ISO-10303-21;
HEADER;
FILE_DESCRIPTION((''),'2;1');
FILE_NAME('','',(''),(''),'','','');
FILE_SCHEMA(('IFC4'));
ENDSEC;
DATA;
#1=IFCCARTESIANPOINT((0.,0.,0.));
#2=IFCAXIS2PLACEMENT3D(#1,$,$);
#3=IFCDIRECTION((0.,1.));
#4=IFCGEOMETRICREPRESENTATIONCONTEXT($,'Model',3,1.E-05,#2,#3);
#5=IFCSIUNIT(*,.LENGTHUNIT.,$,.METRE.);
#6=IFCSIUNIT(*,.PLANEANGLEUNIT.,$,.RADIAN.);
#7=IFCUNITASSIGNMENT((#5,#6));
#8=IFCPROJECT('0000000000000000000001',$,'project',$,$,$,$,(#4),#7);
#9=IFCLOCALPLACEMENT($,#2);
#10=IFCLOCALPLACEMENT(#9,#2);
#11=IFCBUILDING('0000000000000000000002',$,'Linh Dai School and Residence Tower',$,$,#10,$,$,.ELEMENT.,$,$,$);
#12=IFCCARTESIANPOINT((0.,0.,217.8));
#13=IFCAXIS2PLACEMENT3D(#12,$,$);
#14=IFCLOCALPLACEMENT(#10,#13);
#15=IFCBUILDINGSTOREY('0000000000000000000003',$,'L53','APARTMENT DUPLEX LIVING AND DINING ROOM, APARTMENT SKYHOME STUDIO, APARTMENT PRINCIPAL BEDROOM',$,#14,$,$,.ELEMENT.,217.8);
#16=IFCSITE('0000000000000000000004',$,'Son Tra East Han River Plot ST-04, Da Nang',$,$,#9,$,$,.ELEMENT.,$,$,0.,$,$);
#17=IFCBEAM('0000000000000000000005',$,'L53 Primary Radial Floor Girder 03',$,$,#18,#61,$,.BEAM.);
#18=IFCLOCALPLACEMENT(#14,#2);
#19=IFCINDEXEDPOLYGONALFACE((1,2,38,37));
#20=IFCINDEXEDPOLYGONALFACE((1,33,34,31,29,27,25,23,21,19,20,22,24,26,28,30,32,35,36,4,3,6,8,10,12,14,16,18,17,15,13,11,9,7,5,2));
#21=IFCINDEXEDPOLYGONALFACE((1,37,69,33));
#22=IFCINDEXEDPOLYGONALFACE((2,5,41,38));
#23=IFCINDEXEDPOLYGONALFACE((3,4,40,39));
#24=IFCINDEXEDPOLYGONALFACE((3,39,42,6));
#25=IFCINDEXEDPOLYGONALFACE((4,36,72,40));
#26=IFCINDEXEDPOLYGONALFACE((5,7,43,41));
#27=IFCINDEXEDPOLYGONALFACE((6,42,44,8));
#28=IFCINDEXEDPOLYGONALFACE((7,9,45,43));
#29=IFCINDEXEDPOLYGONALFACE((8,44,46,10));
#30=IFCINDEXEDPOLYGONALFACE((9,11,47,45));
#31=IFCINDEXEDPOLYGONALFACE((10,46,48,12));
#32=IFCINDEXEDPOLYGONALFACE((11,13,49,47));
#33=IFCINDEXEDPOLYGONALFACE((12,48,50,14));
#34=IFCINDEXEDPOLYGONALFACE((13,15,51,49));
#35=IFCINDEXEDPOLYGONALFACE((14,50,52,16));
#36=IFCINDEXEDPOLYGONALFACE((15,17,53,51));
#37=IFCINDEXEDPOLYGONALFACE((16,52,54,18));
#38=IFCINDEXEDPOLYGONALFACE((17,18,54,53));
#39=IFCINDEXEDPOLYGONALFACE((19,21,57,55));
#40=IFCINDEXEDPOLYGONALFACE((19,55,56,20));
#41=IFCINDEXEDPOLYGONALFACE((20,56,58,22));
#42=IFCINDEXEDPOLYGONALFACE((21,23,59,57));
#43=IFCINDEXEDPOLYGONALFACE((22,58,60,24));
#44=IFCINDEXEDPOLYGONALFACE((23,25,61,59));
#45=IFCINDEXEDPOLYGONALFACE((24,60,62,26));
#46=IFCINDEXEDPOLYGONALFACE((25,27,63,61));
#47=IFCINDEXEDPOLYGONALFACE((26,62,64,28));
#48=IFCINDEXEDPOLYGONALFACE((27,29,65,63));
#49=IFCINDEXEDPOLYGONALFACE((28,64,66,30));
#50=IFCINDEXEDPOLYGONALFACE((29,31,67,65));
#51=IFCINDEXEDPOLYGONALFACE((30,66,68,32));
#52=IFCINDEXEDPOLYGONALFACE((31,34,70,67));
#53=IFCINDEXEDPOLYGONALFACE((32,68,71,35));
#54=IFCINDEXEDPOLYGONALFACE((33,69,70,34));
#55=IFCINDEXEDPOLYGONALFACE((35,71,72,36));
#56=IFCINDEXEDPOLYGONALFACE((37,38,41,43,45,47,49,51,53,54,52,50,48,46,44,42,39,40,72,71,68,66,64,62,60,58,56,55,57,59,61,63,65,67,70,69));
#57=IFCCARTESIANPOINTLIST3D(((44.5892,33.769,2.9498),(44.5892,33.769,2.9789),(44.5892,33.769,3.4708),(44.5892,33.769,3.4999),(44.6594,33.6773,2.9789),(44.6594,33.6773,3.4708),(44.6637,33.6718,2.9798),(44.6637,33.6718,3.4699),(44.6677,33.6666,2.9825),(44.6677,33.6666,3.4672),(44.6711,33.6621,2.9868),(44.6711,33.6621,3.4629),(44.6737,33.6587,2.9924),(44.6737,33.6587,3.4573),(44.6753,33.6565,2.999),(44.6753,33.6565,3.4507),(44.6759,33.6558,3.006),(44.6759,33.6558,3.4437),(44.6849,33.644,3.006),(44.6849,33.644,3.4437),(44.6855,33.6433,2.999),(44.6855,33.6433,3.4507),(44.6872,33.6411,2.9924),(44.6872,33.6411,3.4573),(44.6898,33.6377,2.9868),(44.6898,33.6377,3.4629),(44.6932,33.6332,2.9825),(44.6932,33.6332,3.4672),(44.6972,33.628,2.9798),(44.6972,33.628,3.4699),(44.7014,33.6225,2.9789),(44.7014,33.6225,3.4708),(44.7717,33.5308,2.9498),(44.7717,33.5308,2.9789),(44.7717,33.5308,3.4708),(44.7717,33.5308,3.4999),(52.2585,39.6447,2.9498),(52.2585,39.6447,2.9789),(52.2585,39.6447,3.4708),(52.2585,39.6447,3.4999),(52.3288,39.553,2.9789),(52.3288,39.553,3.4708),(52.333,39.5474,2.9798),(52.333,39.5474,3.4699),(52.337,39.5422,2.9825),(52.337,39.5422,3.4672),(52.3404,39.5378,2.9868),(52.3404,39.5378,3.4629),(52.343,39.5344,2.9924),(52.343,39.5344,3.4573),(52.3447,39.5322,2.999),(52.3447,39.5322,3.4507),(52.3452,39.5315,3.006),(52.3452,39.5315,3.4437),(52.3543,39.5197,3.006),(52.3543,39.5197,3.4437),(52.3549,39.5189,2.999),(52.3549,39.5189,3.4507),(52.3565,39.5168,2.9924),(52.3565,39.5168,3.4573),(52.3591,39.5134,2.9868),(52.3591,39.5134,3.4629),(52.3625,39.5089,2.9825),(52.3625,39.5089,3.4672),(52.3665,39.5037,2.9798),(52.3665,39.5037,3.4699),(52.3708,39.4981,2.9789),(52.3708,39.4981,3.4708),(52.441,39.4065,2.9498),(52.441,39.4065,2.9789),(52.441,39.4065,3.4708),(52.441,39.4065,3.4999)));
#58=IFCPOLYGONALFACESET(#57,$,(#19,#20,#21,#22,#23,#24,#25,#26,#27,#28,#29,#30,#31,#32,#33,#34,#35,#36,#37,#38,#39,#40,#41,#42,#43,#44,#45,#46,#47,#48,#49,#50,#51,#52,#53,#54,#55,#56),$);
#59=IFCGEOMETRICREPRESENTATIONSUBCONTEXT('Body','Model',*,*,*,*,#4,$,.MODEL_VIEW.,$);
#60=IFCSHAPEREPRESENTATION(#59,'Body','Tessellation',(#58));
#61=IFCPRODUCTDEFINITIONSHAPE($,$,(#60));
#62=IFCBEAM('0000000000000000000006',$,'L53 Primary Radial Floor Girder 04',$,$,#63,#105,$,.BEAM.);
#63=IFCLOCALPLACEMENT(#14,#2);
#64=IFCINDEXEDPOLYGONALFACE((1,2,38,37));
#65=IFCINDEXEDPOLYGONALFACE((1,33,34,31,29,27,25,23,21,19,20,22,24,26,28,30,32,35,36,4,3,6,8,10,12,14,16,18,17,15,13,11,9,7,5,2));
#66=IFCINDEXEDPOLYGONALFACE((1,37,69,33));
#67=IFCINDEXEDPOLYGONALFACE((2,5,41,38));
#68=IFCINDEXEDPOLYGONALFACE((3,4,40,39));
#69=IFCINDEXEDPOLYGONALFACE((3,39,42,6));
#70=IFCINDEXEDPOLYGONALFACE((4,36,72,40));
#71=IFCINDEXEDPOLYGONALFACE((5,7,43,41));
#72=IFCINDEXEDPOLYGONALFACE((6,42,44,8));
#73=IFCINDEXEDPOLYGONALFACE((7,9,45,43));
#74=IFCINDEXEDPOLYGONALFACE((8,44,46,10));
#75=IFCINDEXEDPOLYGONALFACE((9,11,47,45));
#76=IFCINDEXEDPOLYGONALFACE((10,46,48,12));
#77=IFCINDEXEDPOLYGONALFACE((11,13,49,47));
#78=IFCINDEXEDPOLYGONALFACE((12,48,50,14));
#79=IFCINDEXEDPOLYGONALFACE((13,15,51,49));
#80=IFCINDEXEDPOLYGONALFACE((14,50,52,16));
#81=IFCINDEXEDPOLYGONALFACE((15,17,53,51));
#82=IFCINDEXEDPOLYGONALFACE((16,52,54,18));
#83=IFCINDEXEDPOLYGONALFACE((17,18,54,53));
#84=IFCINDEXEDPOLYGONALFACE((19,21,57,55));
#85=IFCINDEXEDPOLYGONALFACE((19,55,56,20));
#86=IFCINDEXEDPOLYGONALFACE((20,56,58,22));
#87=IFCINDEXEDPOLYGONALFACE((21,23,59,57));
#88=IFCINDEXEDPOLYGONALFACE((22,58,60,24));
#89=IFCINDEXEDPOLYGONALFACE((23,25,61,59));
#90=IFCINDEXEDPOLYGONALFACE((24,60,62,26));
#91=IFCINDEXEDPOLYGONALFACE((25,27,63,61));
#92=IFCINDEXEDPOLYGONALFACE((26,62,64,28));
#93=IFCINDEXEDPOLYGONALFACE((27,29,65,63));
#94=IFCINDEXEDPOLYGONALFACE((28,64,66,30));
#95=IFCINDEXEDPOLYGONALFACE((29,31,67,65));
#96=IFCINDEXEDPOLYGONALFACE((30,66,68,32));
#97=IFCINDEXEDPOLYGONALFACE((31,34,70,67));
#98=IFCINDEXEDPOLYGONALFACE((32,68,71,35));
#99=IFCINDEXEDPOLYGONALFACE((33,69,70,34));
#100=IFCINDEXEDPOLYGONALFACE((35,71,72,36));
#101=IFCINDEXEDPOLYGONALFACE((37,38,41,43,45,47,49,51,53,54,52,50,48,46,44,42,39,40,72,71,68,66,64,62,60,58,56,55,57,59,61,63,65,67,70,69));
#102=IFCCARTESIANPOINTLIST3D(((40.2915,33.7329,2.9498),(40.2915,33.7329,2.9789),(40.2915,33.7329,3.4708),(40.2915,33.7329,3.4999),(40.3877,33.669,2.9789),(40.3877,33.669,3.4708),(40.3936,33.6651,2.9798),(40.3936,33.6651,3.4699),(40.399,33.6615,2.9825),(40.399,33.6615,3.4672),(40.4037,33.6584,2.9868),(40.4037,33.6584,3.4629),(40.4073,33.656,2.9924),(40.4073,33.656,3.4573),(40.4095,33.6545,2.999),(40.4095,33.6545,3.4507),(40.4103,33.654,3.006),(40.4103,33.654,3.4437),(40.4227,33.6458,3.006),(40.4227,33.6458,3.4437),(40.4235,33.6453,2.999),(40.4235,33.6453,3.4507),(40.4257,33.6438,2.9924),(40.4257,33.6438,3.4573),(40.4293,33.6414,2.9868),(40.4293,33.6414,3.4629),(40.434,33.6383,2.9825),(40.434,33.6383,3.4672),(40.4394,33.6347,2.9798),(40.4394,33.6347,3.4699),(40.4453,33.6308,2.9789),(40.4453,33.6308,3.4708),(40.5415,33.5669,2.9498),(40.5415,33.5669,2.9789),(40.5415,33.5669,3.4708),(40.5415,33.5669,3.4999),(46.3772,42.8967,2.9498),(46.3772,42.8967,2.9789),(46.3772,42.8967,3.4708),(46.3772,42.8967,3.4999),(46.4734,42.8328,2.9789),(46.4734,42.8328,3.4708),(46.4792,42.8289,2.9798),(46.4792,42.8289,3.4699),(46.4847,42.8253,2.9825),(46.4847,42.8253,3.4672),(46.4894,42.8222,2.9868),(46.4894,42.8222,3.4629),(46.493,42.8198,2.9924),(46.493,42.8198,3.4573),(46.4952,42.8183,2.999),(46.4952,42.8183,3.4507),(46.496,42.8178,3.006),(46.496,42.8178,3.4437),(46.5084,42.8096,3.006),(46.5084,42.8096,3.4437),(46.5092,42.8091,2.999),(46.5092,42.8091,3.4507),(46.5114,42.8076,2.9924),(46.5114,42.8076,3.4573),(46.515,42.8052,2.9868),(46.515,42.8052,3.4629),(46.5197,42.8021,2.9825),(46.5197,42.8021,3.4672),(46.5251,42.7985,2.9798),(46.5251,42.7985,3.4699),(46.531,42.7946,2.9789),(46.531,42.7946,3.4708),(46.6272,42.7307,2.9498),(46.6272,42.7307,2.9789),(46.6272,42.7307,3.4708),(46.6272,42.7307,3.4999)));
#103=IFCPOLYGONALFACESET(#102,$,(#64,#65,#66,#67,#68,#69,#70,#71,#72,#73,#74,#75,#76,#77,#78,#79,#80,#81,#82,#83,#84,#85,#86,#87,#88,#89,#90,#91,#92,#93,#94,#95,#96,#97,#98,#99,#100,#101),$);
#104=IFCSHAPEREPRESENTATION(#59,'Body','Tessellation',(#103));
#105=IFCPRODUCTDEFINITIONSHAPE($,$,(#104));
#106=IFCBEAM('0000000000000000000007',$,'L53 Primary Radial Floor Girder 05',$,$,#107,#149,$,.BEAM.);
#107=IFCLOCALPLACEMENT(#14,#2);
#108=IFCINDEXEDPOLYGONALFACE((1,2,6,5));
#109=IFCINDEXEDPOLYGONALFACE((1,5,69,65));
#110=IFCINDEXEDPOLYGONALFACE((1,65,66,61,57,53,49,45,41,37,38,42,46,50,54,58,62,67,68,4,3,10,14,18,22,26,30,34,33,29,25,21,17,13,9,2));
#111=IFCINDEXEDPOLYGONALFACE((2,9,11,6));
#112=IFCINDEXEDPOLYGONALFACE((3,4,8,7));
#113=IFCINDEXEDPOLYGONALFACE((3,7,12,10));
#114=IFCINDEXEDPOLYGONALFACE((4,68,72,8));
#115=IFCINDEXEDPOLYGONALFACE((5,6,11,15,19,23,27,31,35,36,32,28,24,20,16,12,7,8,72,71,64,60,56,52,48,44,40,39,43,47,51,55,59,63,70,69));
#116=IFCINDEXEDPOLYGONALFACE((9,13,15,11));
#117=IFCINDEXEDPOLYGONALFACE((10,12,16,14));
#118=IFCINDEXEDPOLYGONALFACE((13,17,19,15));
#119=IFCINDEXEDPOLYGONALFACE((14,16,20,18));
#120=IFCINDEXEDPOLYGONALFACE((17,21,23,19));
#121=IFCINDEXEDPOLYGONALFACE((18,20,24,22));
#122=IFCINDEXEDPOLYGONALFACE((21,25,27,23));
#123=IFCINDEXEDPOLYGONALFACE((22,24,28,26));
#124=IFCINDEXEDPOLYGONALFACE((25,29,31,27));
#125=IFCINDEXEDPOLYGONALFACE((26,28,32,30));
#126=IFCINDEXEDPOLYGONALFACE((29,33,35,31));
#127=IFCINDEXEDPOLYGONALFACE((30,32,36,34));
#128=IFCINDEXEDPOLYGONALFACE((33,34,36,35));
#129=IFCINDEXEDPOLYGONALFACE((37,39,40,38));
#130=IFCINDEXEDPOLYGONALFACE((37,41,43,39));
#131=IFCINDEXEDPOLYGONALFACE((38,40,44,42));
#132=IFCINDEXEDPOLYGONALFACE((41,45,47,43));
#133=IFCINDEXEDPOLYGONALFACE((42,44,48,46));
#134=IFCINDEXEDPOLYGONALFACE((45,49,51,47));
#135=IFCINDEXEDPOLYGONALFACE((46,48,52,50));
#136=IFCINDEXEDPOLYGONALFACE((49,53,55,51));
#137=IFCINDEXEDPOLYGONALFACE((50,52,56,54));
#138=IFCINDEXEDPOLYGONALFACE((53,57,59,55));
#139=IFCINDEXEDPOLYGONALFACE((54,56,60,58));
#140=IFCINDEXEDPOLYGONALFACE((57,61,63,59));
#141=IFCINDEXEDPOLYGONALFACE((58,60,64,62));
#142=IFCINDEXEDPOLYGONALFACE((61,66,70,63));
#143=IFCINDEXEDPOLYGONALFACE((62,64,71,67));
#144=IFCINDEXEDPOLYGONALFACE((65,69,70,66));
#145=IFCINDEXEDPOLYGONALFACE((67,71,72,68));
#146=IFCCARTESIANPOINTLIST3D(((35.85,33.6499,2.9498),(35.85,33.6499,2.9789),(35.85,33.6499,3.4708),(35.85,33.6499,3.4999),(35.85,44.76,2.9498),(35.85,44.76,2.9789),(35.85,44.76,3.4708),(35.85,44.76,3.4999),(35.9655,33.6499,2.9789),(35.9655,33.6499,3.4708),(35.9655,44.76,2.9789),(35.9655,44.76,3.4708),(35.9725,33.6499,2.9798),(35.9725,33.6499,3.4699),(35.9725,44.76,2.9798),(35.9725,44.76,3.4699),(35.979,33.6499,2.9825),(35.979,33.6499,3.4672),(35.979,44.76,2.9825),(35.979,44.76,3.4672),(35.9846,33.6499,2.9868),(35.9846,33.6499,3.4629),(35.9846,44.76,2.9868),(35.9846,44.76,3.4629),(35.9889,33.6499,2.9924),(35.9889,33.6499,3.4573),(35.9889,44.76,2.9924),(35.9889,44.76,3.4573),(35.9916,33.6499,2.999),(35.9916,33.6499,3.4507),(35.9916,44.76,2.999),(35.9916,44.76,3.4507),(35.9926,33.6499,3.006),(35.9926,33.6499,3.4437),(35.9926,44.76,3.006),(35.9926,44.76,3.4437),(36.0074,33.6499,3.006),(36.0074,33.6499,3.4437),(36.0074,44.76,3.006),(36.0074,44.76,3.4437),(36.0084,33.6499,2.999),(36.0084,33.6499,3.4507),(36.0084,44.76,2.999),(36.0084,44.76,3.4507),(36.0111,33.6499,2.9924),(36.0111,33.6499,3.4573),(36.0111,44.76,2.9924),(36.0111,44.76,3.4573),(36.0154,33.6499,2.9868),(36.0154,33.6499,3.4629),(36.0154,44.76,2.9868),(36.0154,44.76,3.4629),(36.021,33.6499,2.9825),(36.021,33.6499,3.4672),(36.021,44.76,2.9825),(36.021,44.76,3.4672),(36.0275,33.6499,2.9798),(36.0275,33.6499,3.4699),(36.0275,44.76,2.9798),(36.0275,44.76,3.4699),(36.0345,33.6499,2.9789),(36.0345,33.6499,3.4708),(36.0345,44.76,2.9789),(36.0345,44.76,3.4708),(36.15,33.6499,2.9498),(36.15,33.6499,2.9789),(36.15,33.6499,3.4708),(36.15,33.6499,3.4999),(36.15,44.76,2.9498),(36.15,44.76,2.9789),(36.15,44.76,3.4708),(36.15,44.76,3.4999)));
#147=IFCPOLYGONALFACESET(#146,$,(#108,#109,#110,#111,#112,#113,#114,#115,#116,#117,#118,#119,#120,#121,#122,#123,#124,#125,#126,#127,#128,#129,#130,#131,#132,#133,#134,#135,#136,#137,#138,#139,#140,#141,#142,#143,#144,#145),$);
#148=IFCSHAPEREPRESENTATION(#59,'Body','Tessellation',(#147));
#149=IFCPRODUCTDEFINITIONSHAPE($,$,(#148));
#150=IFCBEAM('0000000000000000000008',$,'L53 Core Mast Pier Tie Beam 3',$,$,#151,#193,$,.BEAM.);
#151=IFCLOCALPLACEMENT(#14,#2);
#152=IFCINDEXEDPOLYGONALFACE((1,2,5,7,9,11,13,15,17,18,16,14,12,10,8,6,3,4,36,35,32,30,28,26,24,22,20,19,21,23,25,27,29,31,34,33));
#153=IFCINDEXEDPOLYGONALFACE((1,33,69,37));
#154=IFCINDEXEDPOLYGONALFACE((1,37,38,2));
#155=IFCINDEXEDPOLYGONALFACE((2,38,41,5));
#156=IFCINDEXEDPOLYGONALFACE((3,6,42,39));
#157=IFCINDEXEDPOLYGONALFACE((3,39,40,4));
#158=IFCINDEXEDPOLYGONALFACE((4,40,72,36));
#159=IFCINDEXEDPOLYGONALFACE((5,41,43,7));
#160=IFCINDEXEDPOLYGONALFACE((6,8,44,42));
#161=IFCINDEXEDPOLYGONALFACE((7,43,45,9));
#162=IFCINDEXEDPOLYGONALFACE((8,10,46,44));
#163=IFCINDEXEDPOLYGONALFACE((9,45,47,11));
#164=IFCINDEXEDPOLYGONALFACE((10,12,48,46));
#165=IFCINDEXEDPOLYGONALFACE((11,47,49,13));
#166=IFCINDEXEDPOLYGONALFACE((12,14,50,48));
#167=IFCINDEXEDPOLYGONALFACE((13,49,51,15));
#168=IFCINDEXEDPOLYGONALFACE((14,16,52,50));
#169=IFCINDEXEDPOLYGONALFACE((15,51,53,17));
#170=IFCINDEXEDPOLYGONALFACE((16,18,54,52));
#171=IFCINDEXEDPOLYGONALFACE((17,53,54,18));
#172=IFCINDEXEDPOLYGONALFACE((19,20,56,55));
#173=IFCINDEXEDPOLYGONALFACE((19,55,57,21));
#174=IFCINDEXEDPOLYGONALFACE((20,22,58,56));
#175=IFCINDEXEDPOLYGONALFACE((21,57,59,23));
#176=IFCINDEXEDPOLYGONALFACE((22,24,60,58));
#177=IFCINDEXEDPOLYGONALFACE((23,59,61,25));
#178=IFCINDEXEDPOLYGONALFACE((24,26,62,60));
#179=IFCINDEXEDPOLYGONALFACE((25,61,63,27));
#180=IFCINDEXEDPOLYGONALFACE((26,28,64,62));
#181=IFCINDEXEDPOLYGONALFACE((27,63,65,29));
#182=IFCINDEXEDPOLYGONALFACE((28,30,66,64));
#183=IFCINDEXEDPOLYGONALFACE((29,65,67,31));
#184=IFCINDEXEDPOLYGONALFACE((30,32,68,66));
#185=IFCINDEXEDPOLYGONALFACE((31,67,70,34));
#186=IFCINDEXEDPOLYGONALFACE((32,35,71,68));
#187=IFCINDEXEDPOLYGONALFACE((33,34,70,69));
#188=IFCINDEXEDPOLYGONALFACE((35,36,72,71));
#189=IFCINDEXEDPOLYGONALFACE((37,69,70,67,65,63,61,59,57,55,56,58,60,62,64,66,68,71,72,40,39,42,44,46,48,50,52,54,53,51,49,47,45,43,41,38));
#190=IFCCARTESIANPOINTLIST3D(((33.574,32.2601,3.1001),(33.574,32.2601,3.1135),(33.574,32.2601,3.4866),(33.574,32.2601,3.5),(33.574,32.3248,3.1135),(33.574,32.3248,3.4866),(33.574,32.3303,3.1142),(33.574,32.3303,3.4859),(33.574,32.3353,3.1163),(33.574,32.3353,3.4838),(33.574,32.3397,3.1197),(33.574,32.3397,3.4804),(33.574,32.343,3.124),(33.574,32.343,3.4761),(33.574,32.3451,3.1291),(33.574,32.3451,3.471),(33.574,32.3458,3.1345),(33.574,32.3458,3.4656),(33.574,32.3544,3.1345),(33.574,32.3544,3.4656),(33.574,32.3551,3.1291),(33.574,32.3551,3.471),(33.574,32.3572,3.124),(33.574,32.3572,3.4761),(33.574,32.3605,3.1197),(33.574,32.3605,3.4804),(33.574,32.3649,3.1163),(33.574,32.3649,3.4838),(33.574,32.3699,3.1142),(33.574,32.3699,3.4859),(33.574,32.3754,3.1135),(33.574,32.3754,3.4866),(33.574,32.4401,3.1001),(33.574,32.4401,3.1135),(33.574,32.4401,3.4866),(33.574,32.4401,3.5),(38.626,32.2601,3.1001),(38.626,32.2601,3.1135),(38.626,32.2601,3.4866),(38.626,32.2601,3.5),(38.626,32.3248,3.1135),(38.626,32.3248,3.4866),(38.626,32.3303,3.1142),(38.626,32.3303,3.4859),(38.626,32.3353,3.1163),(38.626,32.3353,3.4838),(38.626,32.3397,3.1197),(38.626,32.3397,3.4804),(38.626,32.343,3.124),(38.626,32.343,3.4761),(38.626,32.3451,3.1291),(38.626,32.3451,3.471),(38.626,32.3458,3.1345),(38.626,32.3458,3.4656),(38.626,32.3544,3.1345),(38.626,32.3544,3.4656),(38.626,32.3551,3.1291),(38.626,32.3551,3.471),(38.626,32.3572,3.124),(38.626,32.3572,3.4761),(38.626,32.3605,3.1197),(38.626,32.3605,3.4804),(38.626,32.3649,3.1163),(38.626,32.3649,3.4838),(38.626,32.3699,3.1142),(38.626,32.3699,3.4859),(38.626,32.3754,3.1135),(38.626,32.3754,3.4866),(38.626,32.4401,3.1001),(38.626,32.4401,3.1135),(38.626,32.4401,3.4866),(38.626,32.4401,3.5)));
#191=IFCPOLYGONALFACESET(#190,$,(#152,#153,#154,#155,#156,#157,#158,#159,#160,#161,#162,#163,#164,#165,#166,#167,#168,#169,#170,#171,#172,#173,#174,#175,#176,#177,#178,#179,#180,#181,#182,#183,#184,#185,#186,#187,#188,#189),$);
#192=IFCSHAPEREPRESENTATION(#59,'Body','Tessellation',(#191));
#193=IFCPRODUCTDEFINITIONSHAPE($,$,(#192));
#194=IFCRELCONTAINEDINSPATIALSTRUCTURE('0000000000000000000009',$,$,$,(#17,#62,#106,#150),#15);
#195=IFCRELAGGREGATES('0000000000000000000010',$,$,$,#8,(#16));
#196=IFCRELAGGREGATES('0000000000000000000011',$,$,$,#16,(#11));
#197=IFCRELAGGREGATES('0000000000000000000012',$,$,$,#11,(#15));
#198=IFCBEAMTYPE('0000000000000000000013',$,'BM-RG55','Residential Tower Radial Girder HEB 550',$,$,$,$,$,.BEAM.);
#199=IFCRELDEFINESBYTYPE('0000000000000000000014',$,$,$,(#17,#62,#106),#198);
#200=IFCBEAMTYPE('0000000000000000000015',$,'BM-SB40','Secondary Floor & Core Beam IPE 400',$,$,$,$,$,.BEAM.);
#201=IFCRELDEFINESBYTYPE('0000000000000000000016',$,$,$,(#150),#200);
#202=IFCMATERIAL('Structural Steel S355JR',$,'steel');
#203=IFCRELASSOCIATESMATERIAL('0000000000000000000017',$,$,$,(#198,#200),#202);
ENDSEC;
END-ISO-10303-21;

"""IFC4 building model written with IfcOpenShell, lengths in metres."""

from ifc_helpers import new_model, si_unit, direction, frame, origin, origin_2d, place, context, subcontext, project, spatial, i_section, extrude, material, material_profile, profile_set, type_object, element, save


model = new_model("IFC4")

# Units and contexts
model_context = context("Model", 3, precision=1e-05, world=origin(), true_north=direction((0.0, 1.0)))
body_context = subcontext(model_context, "Body", "Model", "MODEL_VIEW")
ifc_project = project(units=[si_unit("LENGTHUNIT", "METRE"), si_unit("PLANEANGLEUNIT", "RADIAN")], contexts=[model_context])

# Site, building, storey
site_placement = place(None, origin())
site = spatial("IfcSite", under=ifc_project, at=site_placement, Name="Son Tra East Han River Plot ST-04, Da Nang", CompositionType="ELEMENT", RefElevation=0.0)
building_placement = place(site_placement, origin())
building = spatial("IfcBuilding", under=site, at=building_placement, Name="Linh Dai School and Residence Tower", CompositionType="ELEMENT")
storey_placement = place(building_placement, frame((0.0, 0.0, 217.8)))
storey = spatial("IfcBuildingStorey", under=building, at=storey_placement, Name="L53", Description="APARTMENT DUPLEX LIVING AND DINING ROOM, APARTMENT SKYHOME STUDIO, APARTMENT PRINCIPAL BEDROOM", CompositionType="ELEMENT", Elevation=217.8)

# Shared definitions
ifc_material_1 = material(Name="Structural Steel S355JR", Category="steel")

# Beams
ifc_material_profile_1 = material_profile(ifc_material_1, i_section(OverallWidth=0.3, OverallDepth=0.55, WebThickness=0.0149, FlangeThickness=0.0291, FilletRadius=0.0271, at=origin_2d()), Name="HEB 550")
ifc_profile_set_1 = profile_set([ifc_material_profile_1], Name="Structural Steel S355JR")
beam_type_1 = type_object("IfcBeamType", Name="BM-RG55", Description="Residential Tower Radial Girder HEB 550", PredefinedType="BEAM", material=ifc_profile_set_1)
beam_1_placement = place(storey_placement, frame((44.6804, 33.6499, 3.2249), z_axis=(0.793815, 0.60816, 0.0), x_axis=(-0.60816, 0.793815, 0.0)))
element("IfcBeam", 1, at=beam_1_placement, inside=storey, type_object=beam_type_1, Name="L53 Primary Radial Floor Girder 03", PredefinedType="BEAM", context=body_context, shape_type="SweptSolid", body=[
    extrude(i_section(OverallWidth=0.3, OverallDepth=0.55, WebThickness=0.0149, FlangeThickness=0.0291, FilletRadius=0.0271, at=origin_2d()), origin(), (0.0, 0.0, 1.0), 9.6614),
])
beam_2_placement = place(storey_placement, frame((40.4165, 33.6499, 3.2249), z_axis=(0.553219, 0.833036, 0.0), x_axis=(-0.833036, 0.553219, 0.0)))
element("IfcBeam", 2, at=beam_2_placement, inside=storey, type_object=beam_type_1, Name="L53 Primary Radial Floor Girder 04", PredefinedType="BEAM", context=body_context, shape_type="SweptSolid", body=[
    extrude(i_section(OverallWidth=0.3, OverallDepth=0.55, WebThickness=0.0149, FlangeThickness=0.0291, FilletRadius=0.0271, at=origin_2d()), origin(), (0.0, 0.0, 1.0), 11.0005),
])
beam_3_placement = place(storey_placement, frame((36.0, 33.6499, 3.2249), z_axis=(0.0, 1.0, 0.0), x_axis=(-1.0, 0.0, 0.0)))
element("IfcBeam", 3, at=beam_3_placement, inside=storey, type_object=beam_type_1, Name="L53 Primary Radial Floor Girder 05", PredefinedType="BEAM", context=body_context, shape_type="SweptSolid", body=[
    extrude(i_section(OverallWidth=0.3, OverallDepth=0.55, WebThickness=0.0149, FlangeThickness=0.0291, FilletRadius=0.0271, at=origin_2d()), origin(), (0.0, 0.0, 1.0), 11.1101),
])
ifc_material_profile_2 = material_profile(ifc_material_1, i_section(OverallWidth=0.1799, OverallDepth=0.3999, WebThickness=0.0085, FlangeThickness=0.0134, FilletRadius=0.021, at=origin_2d()), Name="IPE 400")
ifc_profile_set_2 = profile_set([ifc_material_profile_2], Name="Structural Steel S355JR")
beam_type_2 = type_object("IfcBeamType", Name="BM-SB40", Description="Secondary Floor & Core Beam IPE 400", PredefinedType="BEAM", material=ifc_profile_set_2)
beam_4_placement = place(storey_placement, frame((38.626, 32.3501, 3.3), z_axis=(-1.0, 0.0, 0.0), x_axis=(0.0, -1.0, 0.0)))
element("IfcBeam", 4, at=beam_4_placement, inside=storey, type_object=beam_type_2, Name="L53 Core Mast Pier Tie Beam 3", PredefinedType="BEAM", context=body_context, shape_type="SweptSolid", body=[
    extrude(i_section(OverallWidth=0.1799, OverallDepth=0.3999, WebThickness=0.0085, FlangeThickness=0.0134, FilletRadius=0.021, at=origin_2d()), origin(), (0.0, 0.0, 1.0), 5.052),
])

save(model, "model.ifc")
